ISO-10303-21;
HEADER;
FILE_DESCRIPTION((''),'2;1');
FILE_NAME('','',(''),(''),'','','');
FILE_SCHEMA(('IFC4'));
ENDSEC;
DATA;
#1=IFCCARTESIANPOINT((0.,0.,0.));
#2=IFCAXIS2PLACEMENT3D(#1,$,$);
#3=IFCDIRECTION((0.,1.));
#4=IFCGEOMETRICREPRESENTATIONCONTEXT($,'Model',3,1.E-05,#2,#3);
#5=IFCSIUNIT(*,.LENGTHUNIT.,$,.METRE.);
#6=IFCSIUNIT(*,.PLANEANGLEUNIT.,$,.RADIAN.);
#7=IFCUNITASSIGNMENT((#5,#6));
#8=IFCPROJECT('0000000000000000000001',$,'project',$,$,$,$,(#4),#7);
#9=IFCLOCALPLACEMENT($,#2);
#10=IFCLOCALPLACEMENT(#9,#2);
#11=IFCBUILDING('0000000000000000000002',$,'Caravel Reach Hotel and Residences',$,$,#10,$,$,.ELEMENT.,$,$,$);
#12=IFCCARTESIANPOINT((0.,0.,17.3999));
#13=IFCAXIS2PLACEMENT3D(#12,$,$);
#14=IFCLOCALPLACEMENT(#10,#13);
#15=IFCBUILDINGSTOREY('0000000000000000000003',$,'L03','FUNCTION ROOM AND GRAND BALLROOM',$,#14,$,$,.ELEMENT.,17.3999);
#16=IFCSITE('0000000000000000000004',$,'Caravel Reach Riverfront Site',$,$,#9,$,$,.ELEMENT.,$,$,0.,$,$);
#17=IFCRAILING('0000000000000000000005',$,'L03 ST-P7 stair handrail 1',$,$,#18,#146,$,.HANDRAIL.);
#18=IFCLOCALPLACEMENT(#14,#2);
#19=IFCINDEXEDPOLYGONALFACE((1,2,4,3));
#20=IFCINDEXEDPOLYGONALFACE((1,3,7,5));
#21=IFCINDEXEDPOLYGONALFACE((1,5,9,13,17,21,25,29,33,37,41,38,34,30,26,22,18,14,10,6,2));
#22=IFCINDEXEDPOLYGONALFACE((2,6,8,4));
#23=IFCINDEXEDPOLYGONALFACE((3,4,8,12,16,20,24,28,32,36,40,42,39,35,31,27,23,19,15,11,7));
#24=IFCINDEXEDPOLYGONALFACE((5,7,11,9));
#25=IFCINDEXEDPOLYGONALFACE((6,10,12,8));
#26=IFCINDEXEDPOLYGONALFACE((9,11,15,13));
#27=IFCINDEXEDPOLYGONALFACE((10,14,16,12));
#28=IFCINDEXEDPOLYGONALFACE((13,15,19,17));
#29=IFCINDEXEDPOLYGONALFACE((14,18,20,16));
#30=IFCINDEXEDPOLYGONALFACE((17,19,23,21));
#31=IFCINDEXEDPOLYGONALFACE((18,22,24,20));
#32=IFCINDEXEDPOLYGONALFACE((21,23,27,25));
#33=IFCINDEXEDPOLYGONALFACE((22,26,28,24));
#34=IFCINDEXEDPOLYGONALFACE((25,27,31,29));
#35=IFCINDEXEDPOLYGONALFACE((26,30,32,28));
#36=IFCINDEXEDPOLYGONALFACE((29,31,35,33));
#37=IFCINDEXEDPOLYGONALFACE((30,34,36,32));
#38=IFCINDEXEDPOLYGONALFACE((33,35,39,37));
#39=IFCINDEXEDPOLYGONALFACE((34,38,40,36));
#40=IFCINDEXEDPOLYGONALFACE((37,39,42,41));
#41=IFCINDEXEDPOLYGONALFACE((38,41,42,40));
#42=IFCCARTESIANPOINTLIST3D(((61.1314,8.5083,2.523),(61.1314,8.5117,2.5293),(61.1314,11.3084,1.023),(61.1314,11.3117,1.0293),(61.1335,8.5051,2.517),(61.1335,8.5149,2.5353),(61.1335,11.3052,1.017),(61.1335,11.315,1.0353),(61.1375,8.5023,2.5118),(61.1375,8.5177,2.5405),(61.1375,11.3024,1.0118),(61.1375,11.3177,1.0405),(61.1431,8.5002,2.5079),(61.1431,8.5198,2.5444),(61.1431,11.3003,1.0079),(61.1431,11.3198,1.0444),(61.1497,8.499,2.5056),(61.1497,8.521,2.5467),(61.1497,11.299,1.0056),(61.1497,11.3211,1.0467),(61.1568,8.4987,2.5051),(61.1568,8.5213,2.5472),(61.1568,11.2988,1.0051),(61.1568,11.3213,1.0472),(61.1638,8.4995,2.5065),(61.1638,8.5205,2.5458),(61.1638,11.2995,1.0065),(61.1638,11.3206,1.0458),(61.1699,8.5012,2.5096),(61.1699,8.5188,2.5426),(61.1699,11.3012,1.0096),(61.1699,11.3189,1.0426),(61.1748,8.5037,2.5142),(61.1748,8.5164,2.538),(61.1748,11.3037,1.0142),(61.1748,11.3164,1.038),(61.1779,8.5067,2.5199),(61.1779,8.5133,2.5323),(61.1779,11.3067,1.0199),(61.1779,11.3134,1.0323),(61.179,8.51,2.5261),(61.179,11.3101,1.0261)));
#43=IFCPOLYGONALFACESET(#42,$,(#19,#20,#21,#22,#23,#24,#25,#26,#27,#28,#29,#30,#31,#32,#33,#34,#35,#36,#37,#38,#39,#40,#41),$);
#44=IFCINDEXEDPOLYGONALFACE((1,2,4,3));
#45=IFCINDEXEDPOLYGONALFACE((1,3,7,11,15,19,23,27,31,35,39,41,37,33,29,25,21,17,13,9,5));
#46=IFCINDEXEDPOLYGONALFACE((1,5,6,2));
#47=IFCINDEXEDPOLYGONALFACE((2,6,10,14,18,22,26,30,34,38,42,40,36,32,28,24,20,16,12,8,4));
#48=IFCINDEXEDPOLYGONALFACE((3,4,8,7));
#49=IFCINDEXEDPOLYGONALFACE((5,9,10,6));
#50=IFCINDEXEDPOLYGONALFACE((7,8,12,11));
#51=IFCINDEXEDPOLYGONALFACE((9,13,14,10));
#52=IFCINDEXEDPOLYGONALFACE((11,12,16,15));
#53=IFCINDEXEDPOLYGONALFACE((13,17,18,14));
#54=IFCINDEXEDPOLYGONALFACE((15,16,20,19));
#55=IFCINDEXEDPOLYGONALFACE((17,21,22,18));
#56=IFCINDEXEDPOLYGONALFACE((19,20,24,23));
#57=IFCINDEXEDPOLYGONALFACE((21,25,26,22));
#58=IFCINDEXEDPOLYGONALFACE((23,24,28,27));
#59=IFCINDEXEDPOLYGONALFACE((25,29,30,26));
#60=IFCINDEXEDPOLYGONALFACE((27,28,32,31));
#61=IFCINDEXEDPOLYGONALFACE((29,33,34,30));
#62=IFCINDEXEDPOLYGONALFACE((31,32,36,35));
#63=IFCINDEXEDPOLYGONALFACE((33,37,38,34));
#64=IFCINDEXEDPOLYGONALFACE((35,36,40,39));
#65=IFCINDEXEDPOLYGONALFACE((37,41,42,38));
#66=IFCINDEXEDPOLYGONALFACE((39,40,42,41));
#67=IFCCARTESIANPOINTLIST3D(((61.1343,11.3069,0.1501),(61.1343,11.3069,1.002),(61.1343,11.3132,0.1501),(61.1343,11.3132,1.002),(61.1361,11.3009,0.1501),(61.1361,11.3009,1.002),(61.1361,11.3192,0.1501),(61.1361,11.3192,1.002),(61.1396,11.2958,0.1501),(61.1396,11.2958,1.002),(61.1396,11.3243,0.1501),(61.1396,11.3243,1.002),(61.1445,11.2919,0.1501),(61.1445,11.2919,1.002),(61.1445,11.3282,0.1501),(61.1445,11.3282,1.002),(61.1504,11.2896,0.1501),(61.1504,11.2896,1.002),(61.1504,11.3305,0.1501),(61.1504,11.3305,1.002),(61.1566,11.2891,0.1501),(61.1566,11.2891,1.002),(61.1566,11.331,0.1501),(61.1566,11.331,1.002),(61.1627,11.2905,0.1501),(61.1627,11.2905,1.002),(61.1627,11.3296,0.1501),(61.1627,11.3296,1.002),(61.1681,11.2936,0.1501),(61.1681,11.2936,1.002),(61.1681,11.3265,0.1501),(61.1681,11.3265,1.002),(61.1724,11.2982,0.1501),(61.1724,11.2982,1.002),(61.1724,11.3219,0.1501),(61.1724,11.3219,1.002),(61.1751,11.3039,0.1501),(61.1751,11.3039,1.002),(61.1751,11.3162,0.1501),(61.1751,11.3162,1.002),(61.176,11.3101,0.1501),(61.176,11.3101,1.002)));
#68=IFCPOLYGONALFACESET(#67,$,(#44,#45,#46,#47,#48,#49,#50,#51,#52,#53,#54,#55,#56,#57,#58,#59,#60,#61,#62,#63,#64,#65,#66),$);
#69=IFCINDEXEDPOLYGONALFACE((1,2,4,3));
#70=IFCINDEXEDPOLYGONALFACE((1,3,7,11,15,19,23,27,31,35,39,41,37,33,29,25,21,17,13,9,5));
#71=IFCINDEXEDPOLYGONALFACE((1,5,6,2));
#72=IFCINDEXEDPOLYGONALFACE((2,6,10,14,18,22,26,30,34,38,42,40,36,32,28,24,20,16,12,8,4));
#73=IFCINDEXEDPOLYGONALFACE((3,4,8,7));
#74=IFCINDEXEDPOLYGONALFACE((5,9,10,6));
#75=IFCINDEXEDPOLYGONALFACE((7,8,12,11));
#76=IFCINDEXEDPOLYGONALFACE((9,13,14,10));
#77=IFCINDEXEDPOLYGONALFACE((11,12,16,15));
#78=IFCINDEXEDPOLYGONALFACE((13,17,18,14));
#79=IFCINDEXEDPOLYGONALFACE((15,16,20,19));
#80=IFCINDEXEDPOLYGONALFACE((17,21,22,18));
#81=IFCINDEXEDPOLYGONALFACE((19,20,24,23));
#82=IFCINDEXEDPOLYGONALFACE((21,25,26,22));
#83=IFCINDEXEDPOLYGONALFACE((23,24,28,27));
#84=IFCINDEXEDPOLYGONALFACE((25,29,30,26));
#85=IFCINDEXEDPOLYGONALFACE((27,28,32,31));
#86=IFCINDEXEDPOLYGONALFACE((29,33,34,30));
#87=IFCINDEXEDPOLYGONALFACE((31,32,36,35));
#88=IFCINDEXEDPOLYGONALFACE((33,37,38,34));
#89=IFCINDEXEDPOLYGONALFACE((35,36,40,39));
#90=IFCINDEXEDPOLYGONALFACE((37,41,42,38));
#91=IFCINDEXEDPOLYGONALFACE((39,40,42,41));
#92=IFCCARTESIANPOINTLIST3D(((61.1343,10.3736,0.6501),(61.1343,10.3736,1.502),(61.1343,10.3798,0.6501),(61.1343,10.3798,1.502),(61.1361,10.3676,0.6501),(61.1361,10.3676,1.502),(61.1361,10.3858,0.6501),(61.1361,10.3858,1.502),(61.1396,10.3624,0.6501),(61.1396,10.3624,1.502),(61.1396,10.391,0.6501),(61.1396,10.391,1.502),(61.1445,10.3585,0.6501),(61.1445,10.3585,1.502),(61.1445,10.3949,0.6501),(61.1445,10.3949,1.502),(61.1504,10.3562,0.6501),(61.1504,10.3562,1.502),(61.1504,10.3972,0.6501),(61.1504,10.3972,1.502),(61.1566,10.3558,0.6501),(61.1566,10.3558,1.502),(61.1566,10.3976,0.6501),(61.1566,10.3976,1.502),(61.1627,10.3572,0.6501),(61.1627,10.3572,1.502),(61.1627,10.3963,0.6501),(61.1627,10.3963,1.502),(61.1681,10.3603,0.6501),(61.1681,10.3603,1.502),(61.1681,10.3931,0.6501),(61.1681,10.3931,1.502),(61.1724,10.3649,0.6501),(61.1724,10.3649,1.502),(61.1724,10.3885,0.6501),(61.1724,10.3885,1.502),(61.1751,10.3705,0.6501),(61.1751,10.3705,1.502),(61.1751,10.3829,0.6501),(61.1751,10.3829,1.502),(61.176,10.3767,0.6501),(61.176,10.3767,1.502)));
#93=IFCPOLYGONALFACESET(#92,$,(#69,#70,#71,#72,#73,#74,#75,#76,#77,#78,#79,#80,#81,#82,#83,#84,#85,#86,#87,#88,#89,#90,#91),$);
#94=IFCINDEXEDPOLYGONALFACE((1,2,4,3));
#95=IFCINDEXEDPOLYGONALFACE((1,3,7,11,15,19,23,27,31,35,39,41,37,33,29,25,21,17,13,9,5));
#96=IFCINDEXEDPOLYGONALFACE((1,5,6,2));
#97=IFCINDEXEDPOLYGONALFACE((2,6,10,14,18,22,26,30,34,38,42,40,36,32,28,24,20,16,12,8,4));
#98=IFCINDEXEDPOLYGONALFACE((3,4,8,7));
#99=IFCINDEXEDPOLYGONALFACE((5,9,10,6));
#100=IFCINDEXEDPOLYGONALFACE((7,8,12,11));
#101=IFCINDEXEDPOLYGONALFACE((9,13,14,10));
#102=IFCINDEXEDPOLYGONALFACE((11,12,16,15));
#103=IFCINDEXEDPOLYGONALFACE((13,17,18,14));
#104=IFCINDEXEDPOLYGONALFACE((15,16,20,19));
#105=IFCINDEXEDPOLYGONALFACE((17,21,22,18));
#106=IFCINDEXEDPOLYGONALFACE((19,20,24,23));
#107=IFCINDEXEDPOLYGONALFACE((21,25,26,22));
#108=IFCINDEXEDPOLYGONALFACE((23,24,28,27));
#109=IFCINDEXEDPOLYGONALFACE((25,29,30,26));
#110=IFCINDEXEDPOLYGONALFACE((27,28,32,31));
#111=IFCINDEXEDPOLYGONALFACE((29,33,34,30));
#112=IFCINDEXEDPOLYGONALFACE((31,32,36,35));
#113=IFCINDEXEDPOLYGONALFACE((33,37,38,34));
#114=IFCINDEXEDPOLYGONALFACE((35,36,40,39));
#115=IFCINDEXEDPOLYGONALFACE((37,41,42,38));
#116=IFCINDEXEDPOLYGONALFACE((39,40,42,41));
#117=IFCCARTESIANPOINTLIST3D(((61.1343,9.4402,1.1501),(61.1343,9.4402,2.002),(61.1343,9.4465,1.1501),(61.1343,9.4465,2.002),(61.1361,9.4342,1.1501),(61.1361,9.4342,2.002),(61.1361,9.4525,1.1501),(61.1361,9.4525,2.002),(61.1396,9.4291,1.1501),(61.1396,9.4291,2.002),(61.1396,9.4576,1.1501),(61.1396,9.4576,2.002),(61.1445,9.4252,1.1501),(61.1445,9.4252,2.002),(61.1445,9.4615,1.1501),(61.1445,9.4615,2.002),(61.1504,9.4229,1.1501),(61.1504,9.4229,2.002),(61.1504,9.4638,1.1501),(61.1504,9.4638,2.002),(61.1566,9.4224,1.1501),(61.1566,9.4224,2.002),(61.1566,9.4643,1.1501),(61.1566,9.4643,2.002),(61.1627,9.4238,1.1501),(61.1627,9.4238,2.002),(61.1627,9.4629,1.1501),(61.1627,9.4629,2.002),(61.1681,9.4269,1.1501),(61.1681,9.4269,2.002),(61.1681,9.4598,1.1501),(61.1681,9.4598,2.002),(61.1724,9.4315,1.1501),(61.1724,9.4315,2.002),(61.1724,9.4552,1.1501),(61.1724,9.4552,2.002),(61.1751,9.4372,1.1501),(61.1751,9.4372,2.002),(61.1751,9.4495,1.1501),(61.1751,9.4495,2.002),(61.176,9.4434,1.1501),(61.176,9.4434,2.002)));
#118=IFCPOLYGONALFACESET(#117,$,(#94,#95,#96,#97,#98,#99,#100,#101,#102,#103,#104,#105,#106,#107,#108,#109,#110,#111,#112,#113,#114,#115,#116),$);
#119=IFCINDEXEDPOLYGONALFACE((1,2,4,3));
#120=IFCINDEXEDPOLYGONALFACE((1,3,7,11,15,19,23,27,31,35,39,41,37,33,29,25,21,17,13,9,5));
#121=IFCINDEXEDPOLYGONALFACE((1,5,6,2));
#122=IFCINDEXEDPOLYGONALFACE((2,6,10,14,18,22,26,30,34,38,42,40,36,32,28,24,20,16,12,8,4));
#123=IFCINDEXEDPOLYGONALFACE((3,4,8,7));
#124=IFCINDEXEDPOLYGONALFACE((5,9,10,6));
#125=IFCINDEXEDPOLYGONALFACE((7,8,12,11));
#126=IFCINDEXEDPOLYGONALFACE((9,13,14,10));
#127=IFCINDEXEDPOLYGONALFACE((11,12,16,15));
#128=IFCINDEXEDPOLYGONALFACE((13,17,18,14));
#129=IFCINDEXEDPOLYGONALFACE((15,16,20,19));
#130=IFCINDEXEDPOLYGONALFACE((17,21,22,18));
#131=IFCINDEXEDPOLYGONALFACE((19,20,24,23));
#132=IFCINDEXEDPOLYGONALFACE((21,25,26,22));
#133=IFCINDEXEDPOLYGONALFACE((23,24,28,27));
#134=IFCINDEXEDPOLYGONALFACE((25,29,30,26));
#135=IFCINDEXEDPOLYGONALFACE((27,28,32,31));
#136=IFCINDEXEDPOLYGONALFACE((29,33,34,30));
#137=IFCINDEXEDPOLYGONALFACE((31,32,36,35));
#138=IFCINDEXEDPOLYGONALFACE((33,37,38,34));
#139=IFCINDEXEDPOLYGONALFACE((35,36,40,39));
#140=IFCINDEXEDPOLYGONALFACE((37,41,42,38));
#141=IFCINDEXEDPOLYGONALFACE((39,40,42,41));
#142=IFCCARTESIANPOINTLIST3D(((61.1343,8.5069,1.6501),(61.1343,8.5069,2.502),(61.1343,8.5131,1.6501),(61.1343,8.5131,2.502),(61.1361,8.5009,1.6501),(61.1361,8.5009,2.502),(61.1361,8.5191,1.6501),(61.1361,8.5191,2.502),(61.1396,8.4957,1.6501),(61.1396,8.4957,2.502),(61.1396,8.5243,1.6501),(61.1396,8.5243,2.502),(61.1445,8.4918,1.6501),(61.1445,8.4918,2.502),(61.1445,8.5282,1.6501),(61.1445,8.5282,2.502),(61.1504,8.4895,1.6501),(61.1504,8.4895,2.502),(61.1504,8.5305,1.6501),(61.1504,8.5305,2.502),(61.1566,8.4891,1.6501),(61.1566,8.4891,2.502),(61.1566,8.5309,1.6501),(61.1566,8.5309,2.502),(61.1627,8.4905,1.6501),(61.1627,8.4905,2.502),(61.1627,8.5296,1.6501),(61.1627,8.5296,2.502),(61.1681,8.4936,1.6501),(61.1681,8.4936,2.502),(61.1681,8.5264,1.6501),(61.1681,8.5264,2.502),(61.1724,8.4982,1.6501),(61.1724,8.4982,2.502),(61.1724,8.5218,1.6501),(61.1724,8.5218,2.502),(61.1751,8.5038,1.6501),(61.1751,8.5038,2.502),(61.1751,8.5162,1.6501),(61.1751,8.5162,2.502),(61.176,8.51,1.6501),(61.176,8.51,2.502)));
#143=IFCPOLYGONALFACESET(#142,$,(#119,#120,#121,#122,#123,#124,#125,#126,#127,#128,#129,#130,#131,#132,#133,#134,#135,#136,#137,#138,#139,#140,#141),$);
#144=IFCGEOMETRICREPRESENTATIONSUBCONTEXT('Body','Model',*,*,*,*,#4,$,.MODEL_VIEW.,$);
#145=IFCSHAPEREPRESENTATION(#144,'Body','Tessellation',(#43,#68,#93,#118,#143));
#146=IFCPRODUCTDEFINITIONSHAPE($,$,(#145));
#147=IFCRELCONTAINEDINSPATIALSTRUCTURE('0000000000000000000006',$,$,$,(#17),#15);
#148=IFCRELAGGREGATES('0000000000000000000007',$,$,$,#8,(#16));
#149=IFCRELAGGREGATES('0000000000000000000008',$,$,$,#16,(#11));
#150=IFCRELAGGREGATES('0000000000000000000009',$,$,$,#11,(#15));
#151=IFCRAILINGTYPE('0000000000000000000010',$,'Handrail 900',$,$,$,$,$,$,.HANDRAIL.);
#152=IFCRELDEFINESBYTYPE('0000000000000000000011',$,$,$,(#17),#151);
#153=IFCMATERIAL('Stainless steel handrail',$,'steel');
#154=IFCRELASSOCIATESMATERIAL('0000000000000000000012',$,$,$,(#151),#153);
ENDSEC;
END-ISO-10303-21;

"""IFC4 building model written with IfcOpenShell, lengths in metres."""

from ifc_helpers import new_model, si_unit, direction, frame, origin, origin_2d, place, context, subcontext, project, spatial, circle, extrude, material, type_object, element, save


model = new_model("IFC4")

# Units and contexts
model_context = context("Model", 3, precision=1e-05, world=origin(), true_north=direction((0.0, 1.0)))
body_context = subcontext(model_context, "Body", "Model", "MODEL_VIEW")
ifc_project = project(units=[si_unit("LENGTHUNIT", "METRE"), si_unit("PLANEANGLEUNIT", "RADIAN")], contexts=[model_context])

# Site, building, storey
site_placement = place(None, origin())
site = spatial("IfcSite", under=ifc_project, at=site_placement, Name="Caravel Reach Riverfront Site", CompositionType="ELEMENT", RefElevation=0.0)
building_placement = place(site_placement, origin())
building = spatial("IfcBuilding", under=site, at=building_placement, Name="Caravel Reach Hotel and Residences", CompositionType="ELEMENT")
storey_placement = place(building_placement, frame((0.0, 0.0, 17.3999)))
storey = spatial("IfcBuildingStorey", under=building, at=storey_placement, Name="L03", Description="FUNCTION ROOM AND GRAND BALLROOM", CompositionType="ELEMENT", Elevation=17.3999)

# Railing
ifc_material_1 = material(Name="Stainless steel handrail", Category="steel")
railing_type_1 = type_object("IfcRailingType", Name="Handrail 900", PredefinedType="HANDRAIL", material=ifc_material_1)
for number, where, name in (
    (1, (61.155, 11.3101, 0.1501), "L03 ST-P7 stair handrail 1"),
):
    element("IfcRailing", number, at=place(storey_placement, frame(where)), inside=storey, type_object=railing_type_1, Name=name, PredefinedType="HANDRAIL", context=body_context, shape_type="SweptSolid", body=[
        extrude(circle(Radius=0.0239, at=origin_2d()), frame((0.0, 0.0, 0.876), z_axis=(0.0, -0.881483, 0.472215), x_axis=(1.0, 0.0, 0.0)), (0.0, 0.0, 1.0), 3.1765),
        extrude(circle(Radius=0.021, at=origin_2d()), origin(), (0.0, 0.0, 1.0), 0.8518),
        extrude(circle(Radius=0.021, at=origin_2d()), frame((0.0, -0.9333, 0.5)), (0.0, 0.0, 1.0), 0.8518),
        extrude(circle(Radius=0.021, at=origin_2d()), frame((0.0, -1.8667, 1.0)), (0.0, 0.0, 1.0), 0.8518),
        extrude(circle(Radius=0.021, at=origin_2d()), frame((0.0, -2.8, 1.5)), (0.0, 0.0, 1.0), 0.8518),
    ])

save(model, "model.ifc")
